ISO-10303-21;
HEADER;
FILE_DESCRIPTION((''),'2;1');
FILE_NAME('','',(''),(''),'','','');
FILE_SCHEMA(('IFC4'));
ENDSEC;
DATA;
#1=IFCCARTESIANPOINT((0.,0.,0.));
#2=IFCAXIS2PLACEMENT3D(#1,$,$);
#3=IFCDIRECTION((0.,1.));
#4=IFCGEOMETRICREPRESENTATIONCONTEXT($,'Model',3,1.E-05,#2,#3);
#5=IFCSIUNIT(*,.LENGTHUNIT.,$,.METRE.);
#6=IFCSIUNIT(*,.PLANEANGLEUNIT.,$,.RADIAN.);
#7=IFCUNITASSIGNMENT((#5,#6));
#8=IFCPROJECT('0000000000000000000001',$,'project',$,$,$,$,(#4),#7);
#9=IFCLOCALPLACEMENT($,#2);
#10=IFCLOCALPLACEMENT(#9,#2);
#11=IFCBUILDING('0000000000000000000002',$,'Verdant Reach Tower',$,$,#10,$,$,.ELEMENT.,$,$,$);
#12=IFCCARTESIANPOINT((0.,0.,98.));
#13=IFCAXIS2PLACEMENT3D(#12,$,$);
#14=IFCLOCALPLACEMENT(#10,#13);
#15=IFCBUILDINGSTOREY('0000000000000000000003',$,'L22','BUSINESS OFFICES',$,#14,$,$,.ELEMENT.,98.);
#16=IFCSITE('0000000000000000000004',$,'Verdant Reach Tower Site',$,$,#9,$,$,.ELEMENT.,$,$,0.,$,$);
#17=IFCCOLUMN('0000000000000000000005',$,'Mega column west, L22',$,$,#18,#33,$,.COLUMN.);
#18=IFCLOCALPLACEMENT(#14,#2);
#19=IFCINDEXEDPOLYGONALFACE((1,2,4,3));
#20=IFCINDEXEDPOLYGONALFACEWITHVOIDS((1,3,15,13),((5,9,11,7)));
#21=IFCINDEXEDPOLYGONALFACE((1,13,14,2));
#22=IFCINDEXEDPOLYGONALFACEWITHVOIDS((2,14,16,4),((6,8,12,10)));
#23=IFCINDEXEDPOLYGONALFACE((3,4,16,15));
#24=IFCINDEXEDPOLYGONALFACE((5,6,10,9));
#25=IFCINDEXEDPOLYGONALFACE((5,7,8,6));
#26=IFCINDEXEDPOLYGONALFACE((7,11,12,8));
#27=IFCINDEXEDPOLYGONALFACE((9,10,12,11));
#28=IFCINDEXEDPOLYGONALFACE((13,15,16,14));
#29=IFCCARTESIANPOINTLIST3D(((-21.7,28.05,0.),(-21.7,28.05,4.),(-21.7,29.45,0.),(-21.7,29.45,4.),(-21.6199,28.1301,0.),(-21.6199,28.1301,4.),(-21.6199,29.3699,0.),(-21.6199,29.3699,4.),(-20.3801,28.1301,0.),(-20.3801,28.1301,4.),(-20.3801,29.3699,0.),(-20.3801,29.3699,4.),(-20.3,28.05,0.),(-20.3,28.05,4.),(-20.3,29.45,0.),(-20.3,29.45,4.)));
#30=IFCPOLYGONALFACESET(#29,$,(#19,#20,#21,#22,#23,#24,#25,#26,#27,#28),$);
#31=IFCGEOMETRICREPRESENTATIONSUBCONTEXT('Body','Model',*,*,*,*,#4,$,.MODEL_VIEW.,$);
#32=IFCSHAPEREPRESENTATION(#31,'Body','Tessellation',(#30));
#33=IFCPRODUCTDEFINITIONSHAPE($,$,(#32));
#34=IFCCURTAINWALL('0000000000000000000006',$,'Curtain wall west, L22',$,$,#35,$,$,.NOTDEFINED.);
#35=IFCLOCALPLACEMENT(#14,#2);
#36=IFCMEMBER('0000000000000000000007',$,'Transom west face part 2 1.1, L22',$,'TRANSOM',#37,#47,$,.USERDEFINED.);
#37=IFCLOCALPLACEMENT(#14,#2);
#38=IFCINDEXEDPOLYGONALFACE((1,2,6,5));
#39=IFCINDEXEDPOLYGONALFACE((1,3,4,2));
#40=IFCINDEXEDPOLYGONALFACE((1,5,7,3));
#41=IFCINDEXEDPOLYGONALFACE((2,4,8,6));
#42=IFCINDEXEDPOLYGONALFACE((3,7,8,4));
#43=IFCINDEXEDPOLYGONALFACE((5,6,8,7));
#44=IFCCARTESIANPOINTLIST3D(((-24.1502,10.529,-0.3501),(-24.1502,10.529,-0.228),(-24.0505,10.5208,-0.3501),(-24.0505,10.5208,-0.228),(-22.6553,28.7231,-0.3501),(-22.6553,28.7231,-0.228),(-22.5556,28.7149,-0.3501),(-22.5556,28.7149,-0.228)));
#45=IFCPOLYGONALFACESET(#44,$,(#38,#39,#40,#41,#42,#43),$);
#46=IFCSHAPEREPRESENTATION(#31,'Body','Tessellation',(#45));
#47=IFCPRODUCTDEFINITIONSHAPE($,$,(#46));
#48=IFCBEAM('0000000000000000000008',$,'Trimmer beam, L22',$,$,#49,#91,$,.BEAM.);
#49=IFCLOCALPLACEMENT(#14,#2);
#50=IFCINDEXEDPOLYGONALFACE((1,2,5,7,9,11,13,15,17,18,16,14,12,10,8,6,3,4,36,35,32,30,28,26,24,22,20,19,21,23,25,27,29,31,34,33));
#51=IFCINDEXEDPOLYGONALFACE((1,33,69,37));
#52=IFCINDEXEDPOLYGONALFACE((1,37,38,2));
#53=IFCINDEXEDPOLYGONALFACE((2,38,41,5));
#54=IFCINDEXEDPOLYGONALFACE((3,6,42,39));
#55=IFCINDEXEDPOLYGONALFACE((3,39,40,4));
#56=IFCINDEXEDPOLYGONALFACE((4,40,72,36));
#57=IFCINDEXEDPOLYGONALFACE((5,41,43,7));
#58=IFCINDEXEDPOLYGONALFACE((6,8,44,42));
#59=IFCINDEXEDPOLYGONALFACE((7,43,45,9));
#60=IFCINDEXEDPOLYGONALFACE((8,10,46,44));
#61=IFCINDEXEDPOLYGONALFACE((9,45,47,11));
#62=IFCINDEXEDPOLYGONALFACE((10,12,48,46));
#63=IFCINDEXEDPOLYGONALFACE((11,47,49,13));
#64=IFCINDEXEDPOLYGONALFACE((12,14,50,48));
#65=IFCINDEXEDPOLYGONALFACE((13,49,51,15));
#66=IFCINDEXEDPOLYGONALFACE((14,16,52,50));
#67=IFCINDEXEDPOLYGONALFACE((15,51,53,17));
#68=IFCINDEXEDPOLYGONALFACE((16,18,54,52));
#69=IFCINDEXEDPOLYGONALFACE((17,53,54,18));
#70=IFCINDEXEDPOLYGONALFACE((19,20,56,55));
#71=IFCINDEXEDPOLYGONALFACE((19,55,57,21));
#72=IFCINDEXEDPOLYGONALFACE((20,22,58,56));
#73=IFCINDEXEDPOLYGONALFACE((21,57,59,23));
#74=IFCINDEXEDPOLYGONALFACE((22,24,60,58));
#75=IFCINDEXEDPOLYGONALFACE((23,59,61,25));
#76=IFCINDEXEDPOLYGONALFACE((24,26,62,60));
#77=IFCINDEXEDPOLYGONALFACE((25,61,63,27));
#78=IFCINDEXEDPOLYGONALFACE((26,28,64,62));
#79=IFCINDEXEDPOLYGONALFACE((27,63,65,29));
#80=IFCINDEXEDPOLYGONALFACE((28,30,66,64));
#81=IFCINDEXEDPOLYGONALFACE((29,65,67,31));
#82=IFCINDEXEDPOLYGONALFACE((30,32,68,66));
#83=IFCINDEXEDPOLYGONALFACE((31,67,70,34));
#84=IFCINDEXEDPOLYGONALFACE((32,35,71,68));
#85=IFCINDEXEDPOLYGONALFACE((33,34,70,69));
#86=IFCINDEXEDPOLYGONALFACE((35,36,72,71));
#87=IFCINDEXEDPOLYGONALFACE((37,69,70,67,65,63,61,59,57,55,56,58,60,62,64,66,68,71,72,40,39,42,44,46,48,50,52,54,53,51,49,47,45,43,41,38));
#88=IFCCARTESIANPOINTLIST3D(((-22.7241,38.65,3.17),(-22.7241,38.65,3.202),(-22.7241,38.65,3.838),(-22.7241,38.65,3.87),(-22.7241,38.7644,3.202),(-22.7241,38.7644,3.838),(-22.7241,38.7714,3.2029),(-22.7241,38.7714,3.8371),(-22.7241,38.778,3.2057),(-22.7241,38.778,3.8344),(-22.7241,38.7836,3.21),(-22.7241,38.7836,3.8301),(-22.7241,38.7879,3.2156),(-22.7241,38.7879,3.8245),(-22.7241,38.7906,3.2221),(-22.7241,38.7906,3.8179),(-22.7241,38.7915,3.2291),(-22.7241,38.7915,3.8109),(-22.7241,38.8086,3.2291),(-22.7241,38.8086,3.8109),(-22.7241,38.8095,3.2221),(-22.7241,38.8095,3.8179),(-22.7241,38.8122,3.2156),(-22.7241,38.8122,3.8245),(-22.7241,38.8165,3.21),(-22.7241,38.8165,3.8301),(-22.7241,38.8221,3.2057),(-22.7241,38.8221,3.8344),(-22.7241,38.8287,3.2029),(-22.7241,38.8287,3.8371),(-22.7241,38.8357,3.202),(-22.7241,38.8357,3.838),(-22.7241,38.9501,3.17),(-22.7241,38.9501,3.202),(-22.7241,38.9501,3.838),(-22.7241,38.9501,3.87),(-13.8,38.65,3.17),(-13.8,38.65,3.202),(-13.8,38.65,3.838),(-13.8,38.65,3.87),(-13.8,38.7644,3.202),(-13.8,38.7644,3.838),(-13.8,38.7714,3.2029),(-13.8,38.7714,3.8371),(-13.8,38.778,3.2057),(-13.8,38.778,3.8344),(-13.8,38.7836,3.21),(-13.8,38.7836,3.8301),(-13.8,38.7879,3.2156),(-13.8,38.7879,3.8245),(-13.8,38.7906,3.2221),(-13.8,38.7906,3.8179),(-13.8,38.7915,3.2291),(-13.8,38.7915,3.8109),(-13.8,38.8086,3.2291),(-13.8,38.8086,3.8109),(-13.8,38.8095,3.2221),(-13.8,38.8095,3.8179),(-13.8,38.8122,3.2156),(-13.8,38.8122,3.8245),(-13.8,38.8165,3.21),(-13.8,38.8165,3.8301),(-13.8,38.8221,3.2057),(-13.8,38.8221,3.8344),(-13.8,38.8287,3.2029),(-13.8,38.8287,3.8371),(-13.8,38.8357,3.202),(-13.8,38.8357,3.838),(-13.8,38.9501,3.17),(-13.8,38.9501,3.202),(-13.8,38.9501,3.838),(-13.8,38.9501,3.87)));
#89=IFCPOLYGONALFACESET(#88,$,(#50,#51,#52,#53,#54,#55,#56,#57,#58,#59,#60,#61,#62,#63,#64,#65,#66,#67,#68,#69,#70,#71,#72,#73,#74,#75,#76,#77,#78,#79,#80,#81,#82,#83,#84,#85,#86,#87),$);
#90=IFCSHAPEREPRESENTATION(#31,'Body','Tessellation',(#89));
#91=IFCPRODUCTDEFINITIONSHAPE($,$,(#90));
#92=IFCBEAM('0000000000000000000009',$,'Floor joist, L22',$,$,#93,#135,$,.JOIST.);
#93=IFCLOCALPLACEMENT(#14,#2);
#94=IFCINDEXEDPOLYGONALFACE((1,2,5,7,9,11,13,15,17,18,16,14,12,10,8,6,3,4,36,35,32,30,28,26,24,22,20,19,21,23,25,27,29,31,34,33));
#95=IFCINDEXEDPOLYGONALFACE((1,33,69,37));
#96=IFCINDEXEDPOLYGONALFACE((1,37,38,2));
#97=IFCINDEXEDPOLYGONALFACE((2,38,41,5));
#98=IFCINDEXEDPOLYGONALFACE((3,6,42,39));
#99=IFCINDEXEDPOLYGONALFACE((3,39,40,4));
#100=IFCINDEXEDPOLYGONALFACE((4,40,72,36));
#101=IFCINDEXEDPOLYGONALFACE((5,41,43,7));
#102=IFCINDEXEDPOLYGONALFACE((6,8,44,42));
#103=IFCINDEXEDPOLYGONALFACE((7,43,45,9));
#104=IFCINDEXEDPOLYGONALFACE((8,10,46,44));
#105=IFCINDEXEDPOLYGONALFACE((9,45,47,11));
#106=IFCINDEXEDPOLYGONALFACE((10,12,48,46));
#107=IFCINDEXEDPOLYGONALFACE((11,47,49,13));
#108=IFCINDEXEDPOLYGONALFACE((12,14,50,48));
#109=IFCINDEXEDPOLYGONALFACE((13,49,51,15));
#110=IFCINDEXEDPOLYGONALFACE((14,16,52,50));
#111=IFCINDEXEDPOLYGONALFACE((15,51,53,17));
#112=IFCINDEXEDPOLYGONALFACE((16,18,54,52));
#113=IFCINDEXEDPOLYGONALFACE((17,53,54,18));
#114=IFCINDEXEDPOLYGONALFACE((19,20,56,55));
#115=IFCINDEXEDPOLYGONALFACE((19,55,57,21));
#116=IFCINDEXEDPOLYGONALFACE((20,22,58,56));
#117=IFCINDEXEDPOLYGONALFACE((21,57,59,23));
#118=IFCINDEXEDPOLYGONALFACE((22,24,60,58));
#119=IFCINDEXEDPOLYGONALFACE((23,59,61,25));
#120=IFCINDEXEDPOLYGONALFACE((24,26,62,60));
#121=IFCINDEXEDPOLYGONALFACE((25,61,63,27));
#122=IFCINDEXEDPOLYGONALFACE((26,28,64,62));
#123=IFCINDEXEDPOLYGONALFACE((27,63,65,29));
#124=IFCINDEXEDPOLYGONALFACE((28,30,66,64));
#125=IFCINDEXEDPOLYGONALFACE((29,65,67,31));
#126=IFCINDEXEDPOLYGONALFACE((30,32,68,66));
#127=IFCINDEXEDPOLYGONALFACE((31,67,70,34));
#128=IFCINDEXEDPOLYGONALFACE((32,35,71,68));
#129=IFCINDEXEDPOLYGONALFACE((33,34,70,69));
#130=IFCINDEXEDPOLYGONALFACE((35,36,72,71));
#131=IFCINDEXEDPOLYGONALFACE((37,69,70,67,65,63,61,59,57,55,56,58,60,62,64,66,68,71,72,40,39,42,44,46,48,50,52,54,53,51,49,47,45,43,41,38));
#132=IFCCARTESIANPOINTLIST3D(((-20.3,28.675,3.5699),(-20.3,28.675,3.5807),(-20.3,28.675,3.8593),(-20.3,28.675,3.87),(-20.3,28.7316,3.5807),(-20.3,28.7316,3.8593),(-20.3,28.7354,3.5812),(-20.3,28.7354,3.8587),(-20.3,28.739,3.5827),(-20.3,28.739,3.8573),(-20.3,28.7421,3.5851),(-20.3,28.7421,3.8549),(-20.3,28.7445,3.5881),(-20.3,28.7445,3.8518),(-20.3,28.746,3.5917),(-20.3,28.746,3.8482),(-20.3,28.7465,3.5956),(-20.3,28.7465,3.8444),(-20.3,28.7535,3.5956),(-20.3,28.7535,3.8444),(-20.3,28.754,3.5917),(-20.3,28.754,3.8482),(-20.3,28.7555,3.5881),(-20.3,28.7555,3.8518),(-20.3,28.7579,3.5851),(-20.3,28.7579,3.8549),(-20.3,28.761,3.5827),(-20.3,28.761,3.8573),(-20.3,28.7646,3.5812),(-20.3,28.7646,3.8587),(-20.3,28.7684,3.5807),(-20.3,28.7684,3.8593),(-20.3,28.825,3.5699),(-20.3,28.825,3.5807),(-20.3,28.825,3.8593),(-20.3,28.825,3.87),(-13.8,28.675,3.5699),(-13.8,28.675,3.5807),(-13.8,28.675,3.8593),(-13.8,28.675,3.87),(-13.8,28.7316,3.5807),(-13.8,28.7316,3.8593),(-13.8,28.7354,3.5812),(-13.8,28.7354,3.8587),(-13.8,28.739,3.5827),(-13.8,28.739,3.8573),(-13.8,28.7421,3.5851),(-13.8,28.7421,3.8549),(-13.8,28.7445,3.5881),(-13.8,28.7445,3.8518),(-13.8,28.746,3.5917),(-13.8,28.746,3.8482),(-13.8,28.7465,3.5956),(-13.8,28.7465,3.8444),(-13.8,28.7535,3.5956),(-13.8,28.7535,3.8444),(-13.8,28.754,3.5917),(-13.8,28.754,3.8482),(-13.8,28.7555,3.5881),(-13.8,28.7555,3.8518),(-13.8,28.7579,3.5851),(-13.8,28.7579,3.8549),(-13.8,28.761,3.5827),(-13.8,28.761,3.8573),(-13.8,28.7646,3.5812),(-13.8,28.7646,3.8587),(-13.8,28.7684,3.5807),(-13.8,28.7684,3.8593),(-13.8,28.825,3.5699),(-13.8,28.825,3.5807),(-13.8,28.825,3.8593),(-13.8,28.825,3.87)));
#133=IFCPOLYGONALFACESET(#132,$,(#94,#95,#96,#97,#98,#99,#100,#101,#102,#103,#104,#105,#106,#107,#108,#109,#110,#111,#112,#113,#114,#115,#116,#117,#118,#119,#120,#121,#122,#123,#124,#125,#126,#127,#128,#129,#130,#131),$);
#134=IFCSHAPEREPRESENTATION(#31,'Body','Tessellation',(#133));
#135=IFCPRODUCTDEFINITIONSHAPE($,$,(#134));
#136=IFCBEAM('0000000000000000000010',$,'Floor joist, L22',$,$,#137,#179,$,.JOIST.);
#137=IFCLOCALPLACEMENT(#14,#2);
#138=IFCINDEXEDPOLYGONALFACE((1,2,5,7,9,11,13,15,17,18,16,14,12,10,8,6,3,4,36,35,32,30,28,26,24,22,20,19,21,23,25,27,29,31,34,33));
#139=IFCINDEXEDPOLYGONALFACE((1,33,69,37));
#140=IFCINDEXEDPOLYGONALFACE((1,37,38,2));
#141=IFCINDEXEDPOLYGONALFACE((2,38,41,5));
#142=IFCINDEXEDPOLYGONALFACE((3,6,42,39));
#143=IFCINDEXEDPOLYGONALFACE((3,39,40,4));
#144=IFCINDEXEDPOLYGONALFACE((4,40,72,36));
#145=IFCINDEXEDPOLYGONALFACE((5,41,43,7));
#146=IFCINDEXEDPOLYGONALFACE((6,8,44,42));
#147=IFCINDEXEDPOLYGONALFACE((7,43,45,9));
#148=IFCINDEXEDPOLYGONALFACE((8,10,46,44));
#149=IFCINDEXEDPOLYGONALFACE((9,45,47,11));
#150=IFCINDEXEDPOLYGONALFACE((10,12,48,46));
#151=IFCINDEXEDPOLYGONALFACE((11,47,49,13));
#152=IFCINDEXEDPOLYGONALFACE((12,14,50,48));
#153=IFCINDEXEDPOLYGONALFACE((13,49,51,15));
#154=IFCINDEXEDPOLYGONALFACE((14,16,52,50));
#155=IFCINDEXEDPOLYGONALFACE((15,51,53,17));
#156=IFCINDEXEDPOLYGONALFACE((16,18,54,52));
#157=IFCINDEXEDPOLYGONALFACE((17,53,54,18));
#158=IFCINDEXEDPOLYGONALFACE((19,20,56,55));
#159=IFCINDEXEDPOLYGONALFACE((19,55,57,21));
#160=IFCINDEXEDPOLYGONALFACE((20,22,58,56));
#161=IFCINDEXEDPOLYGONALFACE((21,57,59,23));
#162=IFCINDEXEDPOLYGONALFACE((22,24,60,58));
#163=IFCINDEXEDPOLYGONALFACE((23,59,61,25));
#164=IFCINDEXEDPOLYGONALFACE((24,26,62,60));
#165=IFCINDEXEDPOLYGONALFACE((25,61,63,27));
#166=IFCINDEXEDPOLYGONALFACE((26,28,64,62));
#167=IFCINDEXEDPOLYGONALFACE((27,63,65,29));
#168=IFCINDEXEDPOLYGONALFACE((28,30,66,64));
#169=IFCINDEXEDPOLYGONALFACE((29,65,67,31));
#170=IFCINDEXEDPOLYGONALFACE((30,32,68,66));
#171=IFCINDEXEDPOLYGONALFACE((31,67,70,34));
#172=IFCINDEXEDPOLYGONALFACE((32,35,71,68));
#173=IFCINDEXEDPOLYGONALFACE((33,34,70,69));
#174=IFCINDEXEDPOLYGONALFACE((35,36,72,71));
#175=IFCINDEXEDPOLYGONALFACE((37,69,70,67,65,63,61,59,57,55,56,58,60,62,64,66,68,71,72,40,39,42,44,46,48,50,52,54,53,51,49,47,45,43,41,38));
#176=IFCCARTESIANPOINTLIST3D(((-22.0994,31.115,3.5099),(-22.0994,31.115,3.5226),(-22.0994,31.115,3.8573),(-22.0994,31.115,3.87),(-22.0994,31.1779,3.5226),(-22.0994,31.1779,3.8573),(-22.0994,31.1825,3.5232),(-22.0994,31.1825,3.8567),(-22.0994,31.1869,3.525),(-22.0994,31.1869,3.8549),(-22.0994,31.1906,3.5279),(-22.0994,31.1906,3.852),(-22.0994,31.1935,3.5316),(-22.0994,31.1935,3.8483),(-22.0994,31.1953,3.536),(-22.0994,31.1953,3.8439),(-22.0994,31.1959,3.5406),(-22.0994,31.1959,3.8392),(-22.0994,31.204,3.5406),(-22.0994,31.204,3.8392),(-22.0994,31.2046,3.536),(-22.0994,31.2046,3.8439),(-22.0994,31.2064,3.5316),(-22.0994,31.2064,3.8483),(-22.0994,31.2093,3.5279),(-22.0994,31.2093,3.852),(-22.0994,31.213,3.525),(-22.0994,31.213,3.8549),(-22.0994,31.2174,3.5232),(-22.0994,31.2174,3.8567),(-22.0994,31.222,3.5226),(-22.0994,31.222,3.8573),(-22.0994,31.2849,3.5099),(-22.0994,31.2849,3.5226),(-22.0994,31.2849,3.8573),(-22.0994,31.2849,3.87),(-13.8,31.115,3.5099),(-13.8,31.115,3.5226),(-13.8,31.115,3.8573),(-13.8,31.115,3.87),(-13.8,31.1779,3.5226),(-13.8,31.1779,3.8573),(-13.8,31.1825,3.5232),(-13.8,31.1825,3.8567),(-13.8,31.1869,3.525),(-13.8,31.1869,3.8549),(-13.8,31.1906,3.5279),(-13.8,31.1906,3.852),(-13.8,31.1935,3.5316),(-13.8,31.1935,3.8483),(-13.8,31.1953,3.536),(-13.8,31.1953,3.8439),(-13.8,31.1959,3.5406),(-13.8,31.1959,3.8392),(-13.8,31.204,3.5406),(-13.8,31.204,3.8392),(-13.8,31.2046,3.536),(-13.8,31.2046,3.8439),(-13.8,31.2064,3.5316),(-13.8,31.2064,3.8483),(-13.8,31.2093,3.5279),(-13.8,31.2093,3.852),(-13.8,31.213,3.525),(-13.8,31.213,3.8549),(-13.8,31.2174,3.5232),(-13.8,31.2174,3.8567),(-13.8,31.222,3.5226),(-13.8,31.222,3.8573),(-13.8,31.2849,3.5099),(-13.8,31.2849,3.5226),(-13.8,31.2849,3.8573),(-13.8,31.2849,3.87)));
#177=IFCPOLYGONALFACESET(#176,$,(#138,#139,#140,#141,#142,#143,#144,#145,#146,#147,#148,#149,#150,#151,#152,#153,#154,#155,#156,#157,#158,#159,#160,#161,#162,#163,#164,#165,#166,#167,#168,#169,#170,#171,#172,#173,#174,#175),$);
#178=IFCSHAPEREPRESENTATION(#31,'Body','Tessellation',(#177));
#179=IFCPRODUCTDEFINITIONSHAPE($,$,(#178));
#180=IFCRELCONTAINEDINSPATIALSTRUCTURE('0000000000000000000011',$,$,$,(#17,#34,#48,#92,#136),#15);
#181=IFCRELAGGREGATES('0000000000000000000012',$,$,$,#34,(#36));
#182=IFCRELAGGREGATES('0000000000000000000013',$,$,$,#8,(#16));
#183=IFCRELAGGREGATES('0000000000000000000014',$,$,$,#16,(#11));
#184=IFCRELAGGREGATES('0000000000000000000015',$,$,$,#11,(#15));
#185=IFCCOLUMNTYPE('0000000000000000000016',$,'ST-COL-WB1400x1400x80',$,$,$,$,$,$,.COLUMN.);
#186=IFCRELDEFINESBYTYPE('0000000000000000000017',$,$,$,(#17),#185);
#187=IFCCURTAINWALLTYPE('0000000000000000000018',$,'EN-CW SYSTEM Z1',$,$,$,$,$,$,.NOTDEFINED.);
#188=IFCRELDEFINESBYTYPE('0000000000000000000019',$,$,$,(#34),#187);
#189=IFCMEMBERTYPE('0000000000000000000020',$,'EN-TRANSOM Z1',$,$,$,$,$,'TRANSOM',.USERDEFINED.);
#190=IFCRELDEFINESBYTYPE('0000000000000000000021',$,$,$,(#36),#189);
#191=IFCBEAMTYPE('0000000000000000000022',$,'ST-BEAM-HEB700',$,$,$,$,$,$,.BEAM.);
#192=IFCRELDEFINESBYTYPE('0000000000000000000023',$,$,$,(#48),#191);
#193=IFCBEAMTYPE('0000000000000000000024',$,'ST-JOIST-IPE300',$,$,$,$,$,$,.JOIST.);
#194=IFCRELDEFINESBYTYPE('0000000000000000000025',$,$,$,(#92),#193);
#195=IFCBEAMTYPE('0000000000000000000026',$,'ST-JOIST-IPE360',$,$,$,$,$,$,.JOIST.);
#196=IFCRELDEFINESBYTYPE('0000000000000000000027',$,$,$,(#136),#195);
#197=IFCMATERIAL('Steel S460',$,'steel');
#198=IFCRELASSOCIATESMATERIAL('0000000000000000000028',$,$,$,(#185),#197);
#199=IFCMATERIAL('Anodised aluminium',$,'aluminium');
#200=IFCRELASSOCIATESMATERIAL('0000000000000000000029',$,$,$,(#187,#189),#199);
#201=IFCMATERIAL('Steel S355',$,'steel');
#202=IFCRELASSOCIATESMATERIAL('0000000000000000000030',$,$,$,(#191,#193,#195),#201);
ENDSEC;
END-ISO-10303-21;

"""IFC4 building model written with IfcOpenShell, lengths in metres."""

from ifc_helpers import new_model, si_unit, direction, frame, origin, origin_2d, place, context, subcontext, project, spatial, rectangle, hollow_rectangle, i_section, extrude, material, material_profile, profile_set, type_object, element, aggregate, save


model = new_model("IFC4")

# Units and contexts
model_context = context("Model", 3, precision=1e-05, world=origin(), true_north=direction((0.0, 1.0)))
body_context = subcontext(model_context, "Body", "Model", "MODEL_VIEW")
ifc_project = project(units=[si_unit("LENGTHUNIT", "METRE"), si_unit("PLANEANGLEUNIT", "RADIAN")], contexts=[model_context])

# Site, building, storey
site_placement = place(None, origin())
site = spatial("IfcSite", under=ifc_project, at=site_placement, Name="Verdant Reach Tower Site", CompositionType="ELEMENT", RefElevation=0.0)
building_placement = place(site_placement, origin())
building = spatial("IfcBuilding", under=site, at=building_placement, Name="Verdant Reach Tower", CompositionType="ELEMENT")
storey_placement = place(building_placement, frame((0.0, 0.0, 98.0)))
storey = spatial("IfcBuildingStorey", under=building, at=storey_placement, Name="L22", Description="BUSINESS OFFICES", CompositionType="ELEMENT", Elevation=98.0)

# Column
ifc_material_1 = material(Name="Steel S460", Category="steel")
ifc_material_profile_1 = material_profile(ifc_material_1, hollow_rectangle(XDim=1.3999, YDim=1.3999, WallThickness=0.0801, at=origin_2d()), Name="WB 1400x1400x80")
ifc_profile_set_1 = profile_set([ifc_material_profile_1], Name="Steel S460")
column_type = type_object("IfcColumnType", Name="ST-COL-WB1400x1400x80", PredefinedType="COLUMN", material=ifc_profile_set_1)
column_placement = place(storey_placement, frame((-21.0, 28.75, 0.0), z_axis=(0.0, 0.0, 1.0), x_axis=(1.0, 0.0, 0.0)))
element("IfcColumn", 1, at=column_placement, inside=storey, type_object=column_type, Name="Mega column west, L22", PredefinedType="COLUMN", context=body_context, shape_type="SweptSolid", body=[
    extrude(hollow_rectangle(XDim=1.3999, YDim=1.3999, WallThickness=0.0801, at=origin_2d()), origin(), (0.0, 0.0, 1.0), 4.0),
])

# Curtain wall, member
ifc_material_2 = material(Name="Anodised aluminium", Category="aluminium")
curtain_wall_type = type_object("IfcCurtainWallType", Name="EN-CW SYSTEM Z1", PredefinedType="NOTDEFINED", material=ifc_material_2)
curtain_wall_placement = place(storey_placement, origin())
curtain_wall = element("IfcCurtainWall", 2, at=curtain_wall_placement, inside=storey, type_object=curtain_wall_type, Name="Curtain wall west, L22", PredefinedType="NOTDEFINED")
ifc_material_profile_2 = material_profile(ifc_material_2, rectangle(XDim=0.1001, YDim=0.1221, at=origin_2d()), Name="Transom 122x100")
ifc_profile_set_2 = profile_set([ifc_material_profile_2], Name="Anodised aluminium")
member_type = type_object("IfcMemberType", Name="EN-TRANSOM Z1", ElementType="TRANSOM", PredefinedType="USERDEFINED", material=ifc_profile_set_2)
member_placement = place(storey_placement, frame((-22.6055, 28.719, -0.2891), z_axis=(-0.081887, -0.996642, 0.0), x_axis=(0.996642, -0.081887, 0.0)))
member = element("IfcMember", 3, at=member_placement, type_object=member_type, Name="Transom west face part 2 1.1, L22", ObjectType="TRANSOM", PredefinedType="USERDEFINED", context=body_context, shape_type="SweptSolid", body=[
    extrude(rectangle(XDim=0.1001, YDim=0.1221, at=origin_2d()), origin(), (0.0, 0.0, 1.0), 18.2554),
])

# Beams
ifc_material_3 = material(Name="Steel S355", Category="steel")
ifc_material_profile_3 = material_profile(ifc_material_3, i_section(OverallWidth=0.3, OverallDepth=0.7, WebThickness=0.0171, FlangeThickness=0.032, FilletRadius=0.0271, at=origin_2d()), Name="HEB 700")
ifc_profile_set_3 = profile_set([ifc_material_profile_3], Name="Steel S355")
beam_type_1 = type_object("IfcBeamType", Name="ST-BEAM-HEB700", PredefinedType="BEAM", material=ifc_profile_set_3)
beam_1_placement = place(storey_placement, frame((-13.8, 38.8, 3.52), z_axis=(-1.0, 0.0, 0.0), x_axis=(0.0, -1.0, 0.0)))
element("IfcBeam", 4, at=beam_1_placement, inside=storey, type_object=beam_type_1, Name="Trimmer beam, L22", PredefinedType="BEAM", context=body_context, shape_type="SweptSolid", body=[
    extrude(i_section(OverallWidth=0.3, OverallDepth=0.7, WebThickness=0.0171, FlangeThickness=0.032, FilletRadius=0.0271, at=origin_2d()), origin(), (0.0, 0.0, 1.0), 8.9241),
])
ifc_material_profile_4 = material_profile(ifc_material_3, i_section(OverallWidth=0.1499, OverallDepth=0.3, WebThickness=0.0071, FlangeThickness=0.0107, FilletRadius=0.0149, at=origin_2d()), Name="IPE 300")
ifc_profile_set_4 = profile_set([ifc_material_profile_4], Name="Steel S355")
beam_type_2 = type_object("IfcBeamType", Name="ST-JOIST-IPE300", PredefinedType="JOIST", material=ifc_profile_set_4)
beam_2_placement = place(storey_placement, frame((-13.8, 28.75, 3.72), z_axis=(-1.0, 0.0, 0.0), x_axis=(0.0, -1.0, 0.0)))
element("IfcBeam", 5, at=beam_2_placement, inside=storey, type_object=beam_type_2, Name="Floor joist, L22", PredefinedType="JOIST", context=body_context, shape_type="SweptSolid", body=[
    extrude(i_section(OverallWidth=0.1499, OverallDepth=0.3, WebThickness=0.0071, FlangeThickness=0.0107, FilletRadius=0.0149, at=origin_2d()), origin(), (0.0, 0.0, 1.0), 6.5),
])
ifc_material_profile_5 = material_profile(ifc_material_3, i_section(OverallWidth=0.1699, OverallDepth=0.3601, WebThickness=0.0081, FlangeThickness=0.0127, FilletRadius=0.0181, at=origin_2d()), Name="IPE 360")
ifc_profile_set_5 = profile_set([ifc_material_profile_5], Name="Steel S355")
beam_type_3 = type_object("IfcBeamType", Name="ST-JOIST-IPE360", PredefinedType="JOIST", material=ifc_profile_set_5)
beam_3_placement = place(storey_placement, frame((-13.8, 31.2, 3.6899), z_axis=(-1.0, 0.0, 0.0), x_axis=(0.0, -1.0, 0.0)))
element("IfcBeam", 6, at=beam_3_placement, inside=storey, type_object=beam_type_3, Name="Floor joist, L22", PredefinedType="JOIST", context=body_context, shape_type="SweptSolid", body=[
    extrude(i_section(OverallWidth=0.1699, OverallDepth=0.3601, WebThickness=0.0081, FlangeThickness=0.0127, FilletRadius=0.0181, at=origin_2d()), origin(), (0.0, 0.0, 1.0), 8.2993),
])

aggregate(curtain_wall, [member])

save(model, "model.ifc")
